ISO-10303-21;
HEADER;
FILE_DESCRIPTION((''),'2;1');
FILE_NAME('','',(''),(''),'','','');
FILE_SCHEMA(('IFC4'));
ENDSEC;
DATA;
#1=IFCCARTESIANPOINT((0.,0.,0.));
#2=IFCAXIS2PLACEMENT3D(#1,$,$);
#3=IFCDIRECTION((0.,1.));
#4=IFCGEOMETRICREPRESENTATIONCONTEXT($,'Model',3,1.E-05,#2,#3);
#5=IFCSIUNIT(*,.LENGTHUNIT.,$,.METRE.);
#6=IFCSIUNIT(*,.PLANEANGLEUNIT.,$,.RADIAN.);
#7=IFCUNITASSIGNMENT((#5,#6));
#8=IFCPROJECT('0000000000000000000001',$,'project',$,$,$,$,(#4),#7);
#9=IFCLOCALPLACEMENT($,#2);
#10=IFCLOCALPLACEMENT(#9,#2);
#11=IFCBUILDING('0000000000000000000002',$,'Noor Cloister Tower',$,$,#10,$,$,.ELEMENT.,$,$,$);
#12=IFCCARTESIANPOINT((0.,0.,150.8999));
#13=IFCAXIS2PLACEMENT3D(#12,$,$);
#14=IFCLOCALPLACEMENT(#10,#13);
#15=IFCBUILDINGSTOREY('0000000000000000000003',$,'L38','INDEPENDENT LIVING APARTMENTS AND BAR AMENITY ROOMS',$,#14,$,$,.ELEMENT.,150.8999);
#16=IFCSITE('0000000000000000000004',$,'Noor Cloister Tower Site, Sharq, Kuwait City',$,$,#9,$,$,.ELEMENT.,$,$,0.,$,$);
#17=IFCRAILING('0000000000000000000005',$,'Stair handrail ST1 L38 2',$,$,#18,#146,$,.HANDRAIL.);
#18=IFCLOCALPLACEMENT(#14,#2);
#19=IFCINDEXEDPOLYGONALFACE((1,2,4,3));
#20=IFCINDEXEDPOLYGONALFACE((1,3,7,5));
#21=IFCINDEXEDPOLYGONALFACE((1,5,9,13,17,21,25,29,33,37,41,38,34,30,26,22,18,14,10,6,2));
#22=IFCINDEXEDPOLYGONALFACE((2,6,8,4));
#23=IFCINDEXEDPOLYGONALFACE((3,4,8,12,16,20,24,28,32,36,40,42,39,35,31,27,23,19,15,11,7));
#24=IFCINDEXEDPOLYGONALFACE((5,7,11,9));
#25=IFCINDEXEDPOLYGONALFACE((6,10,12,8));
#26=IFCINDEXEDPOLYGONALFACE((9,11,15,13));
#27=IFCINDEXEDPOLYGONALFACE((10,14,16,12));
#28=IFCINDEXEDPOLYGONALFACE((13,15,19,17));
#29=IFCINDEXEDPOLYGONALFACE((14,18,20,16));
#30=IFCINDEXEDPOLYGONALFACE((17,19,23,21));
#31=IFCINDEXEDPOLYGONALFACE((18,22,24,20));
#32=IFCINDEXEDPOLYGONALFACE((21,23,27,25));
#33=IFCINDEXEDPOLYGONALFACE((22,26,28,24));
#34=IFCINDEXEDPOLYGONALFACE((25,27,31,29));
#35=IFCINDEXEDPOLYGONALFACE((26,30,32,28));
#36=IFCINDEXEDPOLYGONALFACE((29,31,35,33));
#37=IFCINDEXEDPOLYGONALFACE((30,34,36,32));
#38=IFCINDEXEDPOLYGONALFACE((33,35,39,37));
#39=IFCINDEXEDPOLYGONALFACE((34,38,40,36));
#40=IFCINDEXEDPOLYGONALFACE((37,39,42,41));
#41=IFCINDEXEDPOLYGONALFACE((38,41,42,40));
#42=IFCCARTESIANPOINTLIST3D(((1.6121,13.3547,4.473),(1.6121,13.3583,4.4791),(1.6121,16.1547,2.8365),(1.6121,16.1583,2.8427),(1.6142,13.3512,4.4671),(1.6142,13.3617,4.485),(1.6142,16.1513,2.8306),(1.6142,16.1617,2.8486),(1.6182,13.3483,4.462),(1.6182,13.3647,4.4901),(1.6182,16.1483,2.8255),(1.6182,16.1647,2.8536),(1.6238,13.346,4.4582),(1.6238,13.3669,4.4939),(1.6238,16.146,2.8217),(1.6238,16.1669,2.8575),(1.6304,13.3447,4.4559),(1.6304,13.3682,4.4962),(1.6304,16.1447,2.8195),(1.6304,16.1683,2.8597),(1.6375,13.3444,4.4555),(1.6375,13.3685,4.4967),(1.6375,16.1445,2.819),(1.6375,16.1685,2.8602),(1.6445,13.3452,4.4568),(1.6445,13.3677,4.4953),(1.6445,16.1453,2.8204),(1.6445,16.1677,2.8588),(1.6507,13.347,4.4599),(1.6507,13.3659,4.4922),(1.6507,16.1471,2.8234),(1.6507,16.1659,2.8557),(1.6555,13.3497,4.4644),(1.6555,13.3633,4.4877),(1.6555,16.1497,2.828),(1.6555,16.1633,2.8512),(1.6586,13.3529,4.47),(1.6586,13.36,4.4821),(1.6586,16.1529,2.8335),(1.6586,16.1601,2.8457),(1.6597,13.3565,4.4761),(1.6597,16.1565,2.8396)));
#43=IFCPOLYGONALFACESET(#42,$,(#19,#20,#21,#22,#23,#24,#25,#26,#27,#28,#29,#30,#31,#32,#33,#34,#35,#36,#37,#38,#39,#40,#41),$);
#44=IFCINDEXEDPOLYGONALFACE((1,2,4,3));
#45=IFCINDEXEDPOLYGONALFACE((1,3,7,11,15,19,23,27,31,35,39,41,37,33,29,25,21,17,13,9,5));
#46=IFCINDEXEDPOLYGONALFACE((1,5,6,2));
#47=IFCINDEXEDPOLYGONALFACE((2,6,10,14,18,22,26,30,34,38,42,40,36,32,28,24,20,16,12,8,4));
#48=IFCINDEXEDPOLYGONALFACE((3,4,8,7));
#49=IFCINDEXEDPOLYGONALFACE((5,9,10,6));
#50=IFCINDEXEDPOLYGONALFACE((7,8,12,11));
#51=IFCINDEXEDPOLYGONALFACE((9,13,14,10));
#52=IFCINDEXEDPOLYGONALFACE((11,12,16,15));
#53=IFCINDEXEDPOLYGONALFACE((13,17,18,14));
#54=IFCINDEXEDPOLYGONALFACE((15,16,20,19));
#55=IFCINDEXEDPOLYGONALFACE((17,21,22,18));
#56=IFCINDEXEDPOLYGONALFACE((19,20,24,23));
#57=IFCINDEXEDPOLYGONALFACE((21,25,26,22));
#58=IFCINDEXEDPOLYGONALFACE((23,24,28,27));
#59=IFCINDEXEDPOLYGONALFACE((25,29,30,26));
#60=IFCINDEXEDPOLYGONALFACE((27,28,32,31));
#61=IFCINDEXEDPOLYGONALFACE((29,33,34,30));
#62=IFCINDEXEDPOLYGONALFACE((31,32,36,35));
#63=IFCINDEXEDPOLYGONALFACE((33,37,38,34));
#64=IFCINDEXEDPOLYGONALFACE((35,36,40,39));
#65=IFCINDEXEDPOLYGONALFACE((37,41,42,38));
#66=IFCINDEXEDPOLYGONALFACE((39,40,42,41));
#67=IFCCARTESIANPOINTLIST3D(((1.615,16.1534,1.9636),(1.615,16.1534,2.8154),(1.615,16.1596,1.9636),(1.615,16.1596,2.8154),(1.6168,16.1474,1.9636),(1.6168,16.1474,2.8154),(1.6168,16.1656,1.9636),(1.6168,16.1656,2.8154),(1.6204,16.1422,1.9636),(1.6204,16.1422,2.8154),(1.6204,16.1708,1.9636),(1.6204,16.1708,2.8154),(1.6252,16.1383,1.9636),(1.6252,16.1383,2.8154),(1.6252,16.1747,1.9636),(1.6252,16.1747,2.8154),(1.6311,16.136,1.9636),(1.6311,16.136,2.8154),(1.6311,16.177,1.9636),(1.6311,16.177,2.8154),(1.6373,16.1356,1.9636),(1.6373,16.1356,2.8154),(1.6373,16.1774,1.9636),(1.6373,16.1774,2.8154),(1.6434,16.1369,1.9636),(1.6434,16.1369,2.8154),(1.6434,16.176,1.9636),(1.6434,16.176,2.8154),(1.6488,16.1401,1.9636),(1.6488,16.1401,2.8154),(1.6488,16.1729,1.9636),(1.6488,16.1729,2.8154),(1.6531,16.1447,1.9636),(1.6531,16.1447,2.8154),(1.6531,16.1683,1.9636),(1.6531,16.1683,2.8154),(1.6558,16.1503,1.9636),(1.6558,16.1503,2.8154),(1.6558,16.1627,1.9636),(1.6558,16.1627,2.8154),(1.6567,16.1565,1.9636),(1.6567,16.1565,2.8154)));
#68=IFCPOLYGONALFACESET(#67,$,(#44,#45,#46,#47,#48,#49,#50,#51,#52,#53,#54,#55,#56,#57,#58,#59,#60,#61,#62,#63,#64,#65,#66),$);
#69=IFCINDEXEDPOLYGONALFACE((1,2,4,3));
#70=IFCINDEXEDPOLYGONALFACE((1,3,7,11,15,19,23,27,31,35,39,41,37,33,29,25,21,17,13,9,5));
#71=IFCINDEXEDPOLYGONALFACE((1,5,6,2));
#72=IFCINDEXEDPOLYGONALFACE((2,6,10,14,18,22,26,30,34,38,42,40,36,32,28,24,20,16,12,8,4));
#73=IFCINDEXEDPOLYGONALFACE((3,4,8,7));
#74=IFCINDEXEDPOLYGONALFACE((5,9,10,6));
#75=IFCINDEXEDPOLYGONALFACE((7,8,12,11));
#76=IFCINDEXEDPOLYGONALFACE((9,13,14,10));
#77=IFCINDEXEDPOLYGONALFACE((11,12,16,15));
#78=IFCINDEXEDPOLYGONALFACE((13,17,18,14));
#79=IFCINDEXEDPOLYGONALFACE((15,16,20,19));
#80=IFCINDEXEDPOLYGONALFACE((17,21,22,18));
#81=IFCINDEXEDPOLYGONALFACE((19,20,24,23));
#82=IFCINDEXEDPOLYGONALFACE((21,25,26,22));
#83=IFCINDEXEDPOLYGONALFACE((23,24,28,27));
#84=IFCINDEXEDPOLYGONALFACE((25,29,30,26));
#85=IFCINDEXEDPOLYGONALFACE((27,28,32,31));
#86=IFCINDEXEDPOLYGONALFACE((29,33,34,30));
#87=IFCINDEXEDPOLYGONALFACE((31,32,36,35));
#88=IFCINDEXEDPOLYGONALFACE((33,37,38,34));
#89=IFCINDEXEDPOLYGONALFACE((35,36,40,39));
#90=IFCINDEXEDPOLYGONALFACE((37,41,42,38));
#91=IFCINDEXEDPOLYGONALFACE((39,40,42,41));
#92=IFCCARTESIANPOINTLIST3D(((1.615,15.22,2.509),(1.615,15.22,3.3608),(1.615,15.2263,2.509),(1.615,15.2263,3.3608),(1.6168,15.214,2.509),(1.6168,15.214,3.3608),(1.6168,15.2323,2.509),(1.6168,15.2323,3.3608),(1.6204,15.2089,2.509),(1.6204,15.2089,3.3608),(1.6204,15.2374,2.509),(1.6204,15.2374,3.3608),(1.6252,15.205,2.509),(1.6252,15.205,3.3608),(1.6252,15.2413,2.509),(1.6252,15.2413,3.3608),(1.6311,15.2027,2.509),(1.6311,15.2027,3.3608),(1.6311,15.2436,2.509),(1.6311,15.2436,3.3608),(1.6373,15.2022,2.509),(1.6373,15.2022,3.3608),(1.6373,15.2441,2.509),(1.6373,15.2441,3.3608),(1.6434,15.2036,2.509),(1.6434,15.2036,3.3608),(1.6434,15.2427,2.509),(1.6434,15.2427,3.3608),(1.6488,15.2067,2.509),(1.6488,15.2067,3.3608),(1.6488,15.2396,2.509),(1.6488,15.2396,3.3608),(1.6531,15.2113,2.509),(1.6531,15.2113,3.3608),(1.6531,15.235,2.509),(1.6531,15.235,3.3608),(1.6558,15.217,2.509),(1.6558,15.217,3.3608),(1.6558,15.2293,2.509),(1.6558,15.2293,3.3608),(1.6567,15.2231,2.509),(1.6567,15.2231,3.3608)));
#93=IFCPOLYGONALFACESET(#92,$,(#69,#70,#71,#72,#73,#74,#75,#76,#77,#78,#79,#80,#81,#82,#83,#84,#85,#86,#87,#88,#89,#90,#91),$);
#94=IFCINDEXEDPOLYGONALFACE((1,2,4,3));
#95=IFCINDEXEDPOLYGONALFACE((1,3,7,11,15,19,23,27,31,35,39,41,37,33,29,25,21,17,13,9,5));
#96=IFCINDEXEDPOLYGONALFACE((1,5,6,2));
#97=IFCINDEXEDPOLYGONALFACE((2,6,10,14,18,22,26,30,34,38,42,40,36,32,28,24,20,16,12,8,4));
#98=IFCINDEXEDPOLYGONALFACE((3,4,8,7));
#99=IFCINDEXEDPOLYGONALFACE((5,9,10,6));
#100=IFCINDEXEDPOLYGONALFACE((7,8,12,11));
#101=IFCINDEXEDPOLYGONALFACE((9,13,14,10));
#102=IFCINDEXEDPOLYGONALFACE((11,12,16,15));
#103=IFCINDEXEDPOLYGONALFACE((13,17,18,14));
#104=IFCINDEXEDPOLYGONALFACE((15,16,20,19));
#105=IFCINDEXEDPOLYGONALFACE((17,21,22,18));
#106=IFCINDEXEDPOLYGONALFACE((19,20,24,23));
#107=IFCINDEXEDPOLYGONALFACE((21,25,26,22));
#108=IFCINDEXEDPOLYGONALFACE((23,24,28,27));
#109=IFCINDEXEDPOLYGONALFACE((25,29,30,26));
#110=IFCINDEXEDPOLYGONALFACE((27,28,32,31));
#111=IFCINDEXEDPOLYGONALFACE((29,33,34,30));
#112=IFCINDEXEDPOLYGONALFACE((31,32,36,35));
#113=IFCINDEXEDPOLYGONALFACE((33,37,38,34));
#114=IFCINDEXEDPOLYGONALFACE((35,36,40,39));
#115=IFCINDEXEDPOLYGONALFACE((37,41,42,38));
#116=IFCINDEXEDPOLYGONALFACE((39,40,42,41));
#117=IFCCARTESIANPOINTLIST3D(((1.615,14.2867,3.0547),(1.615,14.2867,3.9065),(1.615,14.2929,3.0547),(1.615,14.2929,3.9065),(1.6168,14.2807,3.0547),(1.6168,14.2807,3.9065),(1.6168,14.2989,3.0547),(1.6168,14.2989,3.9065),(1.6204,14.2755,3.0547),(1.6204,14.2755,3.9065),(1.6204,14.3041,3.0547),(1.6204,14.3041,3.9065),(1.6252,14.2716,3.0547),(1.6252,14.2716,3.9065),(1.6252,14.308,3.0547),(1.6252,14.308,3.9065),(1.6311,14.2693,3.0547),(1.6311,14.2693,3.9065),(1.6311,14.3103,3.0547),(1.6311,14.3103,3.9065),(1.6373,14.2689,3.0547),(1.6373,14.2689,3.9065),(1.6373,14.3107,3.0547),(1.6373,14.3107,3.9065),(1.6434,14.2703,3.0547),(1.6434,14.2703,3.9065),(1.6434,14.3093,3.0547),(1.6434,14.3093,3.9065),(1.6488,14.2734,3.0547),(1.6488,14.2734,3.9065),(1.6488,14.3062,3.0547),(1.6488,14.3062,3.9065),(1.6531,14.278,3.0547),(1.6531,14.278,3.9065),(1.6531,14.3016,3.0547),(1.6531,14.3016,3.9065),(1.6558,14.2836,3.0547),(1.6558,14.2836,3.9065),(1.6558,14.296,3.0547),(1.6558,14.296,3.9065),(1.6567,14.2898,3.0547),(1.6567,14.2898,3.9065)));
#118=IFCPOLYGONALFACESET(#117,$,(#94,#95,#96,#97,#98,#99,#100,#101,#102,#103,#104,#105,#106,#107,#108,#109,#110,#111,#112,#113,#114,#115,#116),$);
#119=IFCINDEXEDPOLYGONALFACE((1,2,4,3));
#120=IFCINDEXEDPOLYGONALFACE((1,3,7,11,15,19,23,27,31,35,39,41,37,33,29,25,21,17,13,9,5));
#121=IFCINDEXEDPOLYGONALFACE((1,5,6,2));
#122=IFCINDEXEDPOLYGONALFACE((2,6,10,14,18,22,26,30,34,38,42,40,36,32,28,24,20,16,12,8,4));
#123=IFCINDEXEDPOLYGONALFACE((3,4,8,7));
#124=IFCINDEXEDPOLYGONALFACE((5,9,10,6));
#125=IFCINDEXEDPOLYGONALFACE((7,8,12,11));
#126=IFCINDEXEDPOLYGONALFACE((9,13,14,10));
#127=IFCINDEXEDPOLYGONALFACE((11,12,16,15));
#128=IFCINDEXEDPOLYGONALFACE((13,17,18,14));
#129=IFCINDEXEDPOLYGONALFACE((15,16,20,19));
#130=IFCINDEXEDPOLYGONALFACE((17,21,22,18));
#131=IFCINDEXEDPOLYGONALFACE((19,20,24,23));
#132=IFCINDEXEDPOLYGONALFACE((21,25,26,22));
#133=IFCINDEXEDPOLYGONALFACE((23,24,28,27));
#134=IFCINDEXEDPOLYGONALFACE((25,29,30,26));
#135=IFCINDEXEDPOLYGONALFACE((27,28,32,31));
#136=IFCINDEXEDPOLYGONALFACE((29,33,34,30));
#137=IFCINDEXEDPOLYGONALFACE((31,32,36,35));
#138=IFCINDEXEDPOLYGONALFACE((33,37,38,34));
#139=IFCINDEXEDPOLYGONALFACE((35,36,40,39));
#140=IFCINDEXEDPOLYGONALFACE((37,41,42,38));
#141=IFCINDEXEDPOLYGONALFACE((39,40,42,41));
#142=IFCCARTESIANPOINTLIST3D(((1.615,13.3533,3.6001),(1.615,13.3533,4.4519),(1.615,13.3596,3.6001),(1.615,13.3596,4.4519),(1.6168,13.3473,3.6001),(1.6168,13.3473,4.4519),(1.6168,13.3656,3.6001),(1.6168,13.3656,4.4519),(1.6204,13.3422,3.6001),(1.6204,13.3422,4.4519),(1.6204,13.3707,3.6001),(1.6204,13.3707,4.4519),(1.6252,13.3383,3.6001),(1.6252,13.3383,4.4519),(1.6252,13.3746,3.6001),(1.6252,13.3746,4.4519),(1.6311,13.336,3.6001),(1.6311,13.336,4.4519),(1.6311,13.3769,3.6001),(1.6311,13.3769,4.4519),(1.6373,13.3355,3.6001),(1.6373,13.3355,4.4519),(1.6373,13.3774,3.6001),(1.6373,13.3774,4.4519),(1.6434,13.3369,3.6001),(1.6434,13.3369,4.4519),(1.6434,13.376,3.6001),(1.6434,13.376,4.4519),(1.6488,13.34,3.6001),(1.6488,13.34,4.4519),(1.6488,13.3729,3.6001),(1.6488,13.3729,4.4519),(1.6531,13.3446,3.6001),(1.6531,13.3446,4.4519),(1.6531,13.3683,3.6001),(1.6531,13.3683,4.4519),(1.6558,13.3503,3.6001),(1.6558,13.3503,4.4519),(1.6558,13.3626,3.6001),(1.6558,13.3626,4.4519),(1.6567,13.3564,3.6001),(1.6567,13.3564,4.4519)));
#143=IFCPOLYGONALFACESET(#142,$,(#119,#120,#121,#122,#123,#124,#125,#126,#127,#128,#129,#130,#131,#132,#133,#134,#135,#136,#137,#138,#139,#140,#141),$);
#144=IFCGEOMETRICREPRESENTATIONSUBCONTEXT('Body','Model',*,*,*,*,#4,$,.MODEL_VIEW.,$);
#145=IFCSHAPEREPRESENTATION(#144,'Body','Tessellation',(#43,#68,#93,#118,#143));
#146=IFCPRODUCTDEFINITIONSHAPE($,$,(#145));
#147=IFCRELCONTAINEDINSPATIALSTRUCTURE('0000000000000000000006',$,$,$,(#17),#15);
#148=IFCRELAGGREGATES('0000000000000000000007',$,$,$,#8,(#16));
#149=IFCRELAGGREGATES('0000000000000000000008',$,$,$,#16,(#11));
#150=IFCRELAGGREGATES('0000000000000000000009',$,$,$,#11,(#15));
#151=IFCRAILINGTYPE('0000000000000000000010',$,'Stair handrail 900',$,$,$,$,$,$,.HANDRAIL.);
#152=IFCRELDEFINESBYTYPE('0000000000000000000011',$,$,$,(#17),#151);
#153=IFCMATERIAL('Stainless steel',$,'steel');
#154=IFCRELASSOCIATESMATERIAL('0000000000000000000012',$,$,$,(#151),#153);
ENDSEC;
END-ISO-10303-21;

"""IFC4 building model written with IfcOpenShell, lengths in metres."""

from ifc_helpers import new_model, si_unit, direction, frame, origin, origin_2d, place, context, subcontext, project, spatial, circle, extrude, material, type_object, element, save


model = new_model("IFC4")

# Units and contexts
model_context = context("Model", 3, precision=1e-05, world=origin(), true_north=direction((0.0, 1.0)))
body_context = subcontext(model_context, "Body", "Model", "MODEL_VIEW")
ifc_project = project(units=[si_unit("LENGTHUNIT", "METRE"), si_unit("PLANEANGLEUNIT", "RADIAN")], contexts=[model_context])

# Site, building, storey
site_placement = place(None, origin())
site = spatial("IfcSite", under=ifc_project, at=site_placement, Name="Noor Cloister Tower Site, Sharq, Kuwait City", CompositionType="ELEMENT", RefElevation=0.0)
building_placement = place(site_placement, origin())
building = spatial("IfcBuilding", under=site, at=building_placement, Name="Noor Cloister Tower", CompositionType="ELEMENT")
storey_placement = place(building_placement, frame((0.0, 0.0, 150.8999)))
storey = spatial("IfcBuildingStorey", under=building, at=storey_placement, Name="L38", Description="INDEPENDENT LIVING APARTMENTS AND BAR AMENITY ROOMS", CompositionType="ELEMENT", Elevation=150.8999)

# Railing
ifc_material_1 = material(Name="Stainless steel", Category="steel")
railing_type_1 = type_object("IfcRailingType", Name="Stair handrail 900", PredefinedType="HANDRAIL", material=ifc_material_1)
railing_1_placement = place(storey_placement, frame((1.6357, 16.1565, 1.9636)))
element("IfcRailing", 1, at=railing_1_placement, inside=storey, type_object=railing_type_1, Name="Stair handrail ST1 L38 2", PredefinedType="HANDRAIL", context=body_context, shape_type="SweptSolid", body=[
    extrude(circle(Radius=0.0239, at=origin_2d()), frame((0.0, 0.0, 0.876), z_axis=(0.0, -0.863361, 0.504587), x_axis=(1.0, 0.0, 0.0)), (0.0, 0.0, 1.0), 3.2432),
    extrude(circle(Radius=0.021, at=origin_2d()), origin(), (0.0, 0.0, 1.0), 0.8518),
    extrude(circle(Radius=0.021, at=origin_2d()), frame((0.0, -0.9333, 0.5454)), (0.0, 0.0, 1.0), 0.8518),
    extrude(circle(Radius=0.021, at=origin_2d()), frame((0.0, -1.8667, 1.0911)), (0.0, 0.0, 1.0), 0.8518),
    extrude(circle(Radius=0.021, at=origin_2d()), frame((0.0, -2.8, 1.6365)), (0.0, 0.0, 1.0), 0.8518),
])

save(model, "model.ifc")
